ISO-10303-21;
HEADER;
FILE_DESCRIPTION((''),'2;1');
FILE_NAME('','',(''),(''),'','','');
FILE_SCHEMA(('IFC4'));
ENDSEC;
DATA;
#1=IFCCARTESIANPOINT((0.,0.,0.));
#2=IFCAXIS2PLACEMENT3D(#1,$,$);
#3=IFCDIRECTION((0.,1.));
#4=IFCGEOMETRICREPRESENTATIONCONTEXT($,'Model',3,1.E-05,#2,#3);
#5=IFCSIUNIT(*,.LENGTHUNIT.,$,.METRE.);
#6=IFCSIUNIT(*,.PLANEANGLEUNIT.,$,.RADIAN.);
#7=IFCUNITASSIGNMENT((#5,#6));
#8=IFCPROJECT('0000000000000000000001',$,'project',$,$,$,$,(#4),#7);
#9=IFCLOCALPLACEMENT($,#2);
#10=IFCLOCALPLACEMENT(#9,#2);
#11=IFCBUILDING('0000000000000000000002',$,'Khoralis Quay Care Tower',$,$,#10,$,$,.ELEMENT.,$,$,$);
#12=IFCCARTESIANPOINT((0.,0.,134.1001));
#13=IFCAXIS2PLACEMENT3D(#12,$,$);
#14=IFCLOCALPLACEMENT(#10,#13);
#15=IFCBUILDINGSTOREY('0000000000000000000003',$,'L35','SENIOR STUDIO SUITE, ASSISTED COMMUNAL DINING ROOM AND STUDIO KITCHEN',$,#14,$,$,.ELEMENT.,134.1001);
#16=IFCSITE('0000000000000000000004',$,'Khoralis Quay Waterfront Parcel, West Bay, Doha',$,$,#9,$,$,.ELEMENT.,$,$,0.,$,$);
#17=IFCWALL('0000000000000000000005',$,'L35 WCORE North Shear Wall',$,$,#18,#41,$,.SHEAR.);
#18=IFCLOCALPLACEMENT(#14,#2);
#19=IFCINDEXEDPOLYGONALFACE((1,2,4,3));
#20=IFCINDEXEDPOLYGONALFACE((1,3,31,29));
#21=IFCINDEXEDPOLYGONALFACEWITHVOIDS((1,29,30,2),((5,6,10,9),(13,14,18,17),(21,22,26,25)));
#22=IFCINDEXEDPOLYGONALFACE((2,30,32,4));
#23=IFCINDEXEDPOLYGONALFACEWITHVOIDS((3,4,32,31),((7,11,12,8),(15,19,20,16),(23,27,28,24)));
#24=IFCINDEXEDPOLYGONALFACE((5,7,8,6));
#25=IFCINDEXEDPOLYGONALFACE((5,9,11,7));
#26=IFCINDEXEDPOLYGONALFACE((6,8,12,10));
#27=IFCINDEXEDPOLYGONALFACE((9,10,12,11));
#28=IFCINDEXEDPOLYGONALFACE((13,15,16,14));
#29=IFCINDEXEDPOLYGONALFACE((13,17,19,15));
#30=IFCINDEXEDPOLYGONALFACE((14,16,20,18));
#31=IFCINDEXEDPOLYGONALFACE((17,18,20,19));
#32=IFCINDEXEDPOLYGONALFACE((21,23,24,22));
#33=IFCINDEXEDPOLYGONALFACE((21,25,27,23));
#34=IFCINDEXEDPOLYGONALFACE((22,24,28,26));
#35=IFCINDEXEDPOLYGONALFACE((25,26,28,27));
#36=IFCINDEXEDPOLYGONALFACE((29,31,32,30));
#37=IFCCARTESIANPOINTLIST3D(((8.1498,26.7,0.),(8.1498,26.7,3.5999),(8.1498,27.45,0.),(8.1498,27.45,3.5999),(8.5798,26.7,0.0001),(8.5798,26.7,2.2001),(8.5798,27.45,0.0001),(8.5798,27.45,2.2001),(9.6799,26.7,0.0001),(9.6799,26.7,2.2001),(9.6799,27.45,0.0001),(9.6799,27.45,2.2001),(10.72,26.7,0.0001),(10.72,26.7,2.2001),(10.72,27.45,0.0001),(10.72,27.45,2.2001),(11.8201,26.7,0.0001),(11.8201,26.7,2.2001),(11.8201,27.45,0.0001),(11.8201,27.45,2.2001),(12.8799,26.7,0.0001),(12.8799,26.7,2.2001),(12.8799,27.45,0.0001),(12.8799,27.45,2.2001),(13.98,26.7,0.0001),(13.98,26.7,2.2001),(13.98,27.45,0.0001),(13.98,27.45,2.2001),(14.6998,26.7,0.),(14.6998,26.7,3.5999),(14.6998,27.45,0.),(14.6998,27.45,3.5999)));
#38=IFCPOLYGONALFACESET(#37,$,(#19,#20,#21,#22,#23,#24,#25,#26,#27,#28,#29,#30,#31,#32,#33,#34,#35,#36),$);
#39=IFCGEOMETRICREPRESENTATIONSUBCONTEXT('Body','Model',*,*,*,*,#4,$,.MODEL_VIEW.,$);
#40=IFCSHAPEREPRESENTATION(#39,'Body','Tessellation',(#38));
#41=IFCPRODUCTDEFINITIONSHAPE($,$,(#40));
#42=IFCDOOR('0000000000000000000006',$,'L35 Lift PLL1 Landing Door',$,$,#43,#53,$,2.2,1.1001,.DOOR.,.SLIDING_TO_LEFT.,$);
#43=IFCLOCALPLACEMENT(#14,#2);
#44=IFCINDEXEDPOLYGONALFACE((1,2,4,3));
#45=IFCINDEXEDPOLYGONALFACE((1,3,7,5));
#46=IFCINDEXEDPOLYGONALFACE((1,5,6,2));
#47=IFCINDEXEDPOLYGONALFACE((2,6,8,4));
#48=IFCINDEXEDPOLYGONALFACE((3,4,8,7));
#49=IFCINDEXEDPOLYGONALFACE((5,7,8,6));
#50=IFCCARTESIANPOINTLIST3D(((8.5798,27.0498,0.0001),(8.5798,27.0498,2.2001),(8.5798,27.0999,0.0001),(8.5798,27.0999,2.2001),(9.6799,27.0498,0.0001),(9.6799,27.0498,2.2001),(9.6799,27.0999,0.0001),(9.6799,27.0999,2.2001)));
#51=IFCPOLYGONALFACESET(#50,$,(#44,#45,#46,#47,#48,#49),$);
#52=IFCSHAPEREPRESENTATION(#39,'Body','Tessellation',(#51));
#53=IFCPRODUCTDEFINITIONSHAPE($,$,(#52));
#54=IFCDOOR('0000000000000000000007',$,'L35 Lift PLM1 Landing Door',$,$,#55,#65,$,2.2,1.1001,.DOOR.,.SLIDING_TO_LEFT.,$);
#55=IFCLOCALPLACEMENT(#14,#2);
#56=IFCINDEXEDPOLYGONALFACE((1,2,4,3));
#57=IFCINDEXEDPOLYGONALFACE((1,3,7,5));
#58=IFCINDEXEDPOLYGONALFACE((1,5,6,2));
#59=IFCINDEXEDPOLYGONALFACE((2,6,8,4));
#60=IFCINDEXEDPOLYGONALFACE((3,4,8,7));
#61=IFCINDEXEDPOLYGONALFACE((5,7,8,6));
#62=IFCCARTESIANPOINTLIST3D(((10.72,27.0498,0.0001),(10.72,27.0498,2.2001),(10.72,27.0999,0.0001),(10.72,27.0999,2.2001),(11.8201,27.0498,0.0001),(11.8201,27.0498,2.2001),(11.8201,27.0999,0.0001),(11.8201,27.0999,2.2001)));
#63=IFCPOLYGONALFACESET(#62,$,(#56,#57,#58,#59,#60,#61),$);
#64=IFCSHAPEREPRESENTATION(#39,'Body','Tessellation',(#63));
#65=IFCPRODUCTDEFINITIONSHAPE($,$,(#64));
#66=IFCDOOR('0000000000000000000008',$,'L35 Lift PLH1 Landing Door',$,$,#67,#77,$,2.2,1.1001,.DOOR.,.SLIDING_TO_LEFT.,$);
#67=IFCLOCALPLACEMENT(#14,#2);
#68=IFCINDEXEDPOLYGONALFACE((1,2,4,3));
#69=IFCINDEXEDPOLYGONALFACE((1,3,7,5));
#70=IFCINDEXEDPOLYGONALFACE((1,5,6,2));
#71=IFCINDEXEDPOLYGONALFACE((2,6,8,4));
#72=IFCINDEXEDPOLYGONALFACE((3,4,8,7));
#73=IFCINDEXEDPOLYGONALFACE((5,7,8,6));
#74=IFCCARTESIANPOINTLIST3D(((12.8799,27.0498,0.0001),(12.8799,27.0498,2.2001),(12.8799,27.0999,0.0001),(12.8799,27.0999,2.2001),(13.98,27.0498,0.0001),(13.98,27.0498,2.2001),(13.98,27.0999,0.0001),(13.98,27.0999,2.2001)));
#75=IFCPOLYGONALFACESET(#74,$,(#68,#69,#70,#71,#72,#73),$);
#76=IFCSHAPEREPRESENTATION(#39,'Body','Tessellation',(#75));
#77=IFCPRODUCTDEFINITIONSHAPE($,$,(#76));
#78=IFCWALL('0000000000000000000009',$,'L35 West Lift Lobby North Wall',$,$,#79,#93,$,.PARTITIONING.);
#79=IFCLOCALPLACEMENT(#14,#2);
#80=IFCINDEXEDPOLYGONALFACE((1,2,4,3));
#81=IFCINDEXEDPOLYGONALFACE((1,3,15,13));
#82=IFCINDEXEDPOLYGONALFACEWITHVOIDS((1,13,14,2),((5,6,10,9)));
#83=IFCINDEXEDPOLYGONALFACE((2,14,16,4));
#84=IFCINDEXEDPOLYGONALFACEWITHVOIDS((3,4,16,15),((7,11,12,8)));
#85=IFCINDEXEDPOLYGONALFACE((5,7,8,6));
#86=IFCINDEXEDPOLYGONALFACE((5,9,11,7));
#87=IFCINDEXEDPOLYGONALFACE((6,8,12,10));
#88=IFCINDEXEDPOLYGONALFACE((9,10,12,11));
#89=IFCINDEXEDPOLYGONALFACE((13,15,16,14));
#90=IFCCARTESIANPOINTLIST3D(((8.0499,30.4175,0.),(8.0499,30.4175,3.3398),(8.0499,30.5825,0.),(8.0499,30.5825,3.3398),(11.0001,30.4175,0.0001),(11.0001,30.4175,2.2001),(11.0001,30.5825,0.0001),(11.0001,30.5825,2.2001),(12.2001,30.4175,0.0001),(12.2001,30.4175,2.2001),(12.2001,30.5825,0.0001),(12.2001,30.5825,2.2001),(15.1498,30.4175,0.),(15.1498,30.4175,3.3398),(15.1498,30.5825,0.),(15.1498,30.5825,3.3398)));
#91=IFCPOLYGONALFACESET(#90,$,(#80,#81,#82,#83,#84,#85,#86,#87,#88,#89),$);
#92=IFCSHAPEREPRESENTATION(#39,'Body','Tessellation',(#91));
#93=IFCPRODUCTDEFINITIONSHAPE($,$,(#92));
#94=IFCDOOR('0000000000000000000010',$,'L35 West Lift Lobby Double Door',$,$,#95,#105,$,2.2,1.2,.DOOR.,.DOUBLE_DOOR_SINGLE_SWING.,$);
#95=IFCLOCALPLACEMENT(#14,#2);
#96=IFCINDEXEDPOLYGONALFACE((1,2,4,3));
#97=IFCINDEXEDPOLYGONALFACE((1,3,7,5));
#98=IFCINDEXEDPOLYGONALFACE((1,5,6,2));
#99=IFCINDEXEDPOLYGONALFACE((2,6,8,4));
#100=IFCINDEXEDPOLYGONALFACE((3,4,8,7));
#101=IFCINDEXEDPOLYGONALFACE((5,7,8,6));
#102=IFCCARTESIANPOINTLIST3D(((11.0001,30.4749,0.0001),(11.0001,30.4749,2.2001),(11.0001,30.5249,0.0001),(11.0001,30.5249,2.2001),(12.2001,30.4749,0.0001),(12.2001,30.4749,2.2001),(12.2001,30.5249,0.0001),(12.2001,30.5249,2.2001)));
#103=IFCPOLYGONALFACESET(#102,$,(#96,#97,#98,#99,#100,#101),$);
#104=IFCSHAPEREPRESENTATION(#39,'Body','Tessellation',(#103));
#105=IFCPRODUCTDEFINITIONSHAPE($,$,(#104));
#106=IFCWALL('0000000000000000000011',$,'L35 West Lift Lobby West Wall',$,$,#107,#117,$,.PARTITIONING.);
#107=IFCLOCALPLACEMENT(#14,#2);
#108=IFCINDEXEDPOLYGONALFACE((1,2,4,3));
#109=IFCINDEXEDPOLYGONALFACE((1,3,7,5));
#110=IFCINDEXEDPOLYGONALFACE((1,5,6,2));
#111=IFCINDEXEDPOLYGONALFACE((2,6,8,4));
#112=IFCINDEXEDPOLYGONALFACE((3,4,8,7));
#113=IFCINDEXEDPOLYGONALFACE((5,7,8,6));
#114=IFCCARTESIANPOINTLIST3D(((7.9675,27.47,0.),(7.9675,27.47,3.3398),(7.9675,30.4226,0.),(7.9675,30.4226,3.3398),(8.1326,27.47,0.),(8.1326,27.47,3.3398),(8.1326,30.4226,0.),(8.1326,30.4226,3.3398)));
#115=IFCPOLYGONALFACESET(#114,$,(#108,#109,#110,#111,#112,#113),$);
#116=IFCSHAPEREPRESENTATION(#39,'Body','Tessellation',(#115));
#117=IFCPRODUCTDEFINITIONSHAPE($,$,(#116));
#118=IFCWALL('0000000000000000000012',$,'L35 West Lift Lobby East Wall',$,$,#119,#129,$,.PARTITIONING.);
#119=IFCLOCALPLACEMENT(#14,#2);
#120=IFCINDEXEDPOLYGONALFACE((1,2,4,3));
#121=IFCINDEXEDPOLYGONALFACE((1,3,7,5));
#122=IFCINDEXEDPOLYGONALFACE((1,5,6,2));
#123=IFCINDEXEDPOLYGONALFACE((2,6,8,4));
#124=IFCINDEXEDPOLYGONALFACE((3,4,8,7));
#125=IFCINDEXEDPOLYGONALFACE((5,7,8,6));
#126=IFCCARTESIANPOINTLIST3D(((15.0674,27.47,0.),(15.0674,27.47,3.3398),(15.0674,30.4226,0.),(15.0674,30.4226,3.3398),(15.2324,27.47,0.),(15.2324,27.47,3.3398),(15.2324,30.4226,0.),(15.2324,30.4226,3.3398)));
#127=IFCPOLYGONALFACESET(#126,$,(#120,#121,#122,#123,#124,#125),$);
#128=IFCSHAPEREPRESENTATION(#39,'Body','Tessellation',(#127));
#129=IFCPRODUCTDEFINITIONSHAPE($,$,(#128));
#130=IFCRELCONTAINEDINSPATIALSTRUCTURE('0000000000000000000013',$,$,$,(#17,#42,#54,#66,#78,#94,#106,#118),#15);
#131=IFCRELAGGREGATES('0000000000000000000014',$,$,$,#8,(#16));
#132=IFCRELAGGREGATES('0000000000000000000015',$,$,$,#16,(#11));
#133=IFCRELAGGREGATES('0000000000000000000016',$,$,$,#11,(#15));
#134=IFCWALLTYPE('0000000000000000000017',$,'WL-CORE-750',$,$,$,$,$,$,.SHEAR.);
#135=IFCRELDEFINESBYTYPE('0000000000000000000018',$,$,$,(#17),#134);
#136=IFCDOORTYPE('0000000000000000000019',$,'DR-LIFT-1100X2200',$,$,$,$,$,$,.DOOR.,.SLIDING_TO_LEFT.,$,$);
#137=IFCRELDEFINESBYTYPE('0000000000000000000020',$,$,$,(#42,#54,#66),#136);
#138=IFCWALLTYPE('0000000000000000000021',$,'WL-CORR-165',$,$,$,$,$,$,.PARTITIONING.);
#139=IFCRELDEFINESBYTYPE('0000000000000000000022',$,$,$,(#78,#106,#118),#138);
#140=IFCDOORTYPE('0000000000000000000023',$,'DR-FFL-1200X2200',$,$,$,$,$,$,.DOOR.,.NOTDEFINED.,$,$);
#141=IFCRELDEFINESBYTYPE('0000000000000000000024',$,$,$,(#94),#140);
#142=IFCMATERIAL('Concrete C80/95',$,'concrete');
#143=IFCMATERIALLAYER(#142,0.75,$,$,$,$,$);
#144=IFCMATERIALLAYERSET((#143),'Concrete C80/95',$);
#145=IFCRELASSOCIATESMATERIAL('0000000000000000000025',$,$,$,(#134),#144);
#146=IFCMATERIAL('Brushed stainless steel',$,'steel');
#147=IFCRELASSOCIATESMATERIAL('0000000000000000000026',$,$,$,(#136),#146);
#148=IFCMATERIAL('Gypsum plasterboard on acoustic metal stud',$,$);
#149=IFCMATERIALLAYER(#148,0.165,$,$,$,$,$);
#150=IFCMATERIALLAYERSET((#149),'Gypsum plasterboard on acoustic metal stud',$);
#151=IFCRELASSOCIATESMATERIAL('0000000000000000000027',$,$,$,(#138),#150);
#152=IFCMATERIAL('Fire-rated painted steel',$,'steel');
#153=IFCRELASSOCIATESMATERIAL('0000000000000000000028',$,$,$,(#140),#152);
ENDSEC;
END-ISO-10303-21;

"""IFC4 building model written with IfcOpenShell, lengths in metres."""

from ifc_helpers import new_model, si_unit, direction, frame, frame_2d, origin, place, context, subcontext, project, spatial, rectangle, extrude, source, transform, mapped, material, layer, layer_set, type_object, element, fill, save


model = new_model("IFC4")

# Units and contexts
model_context = context("Model", 3, precision=1e-05, world=origin(), true_north=direction((0.0, 1.0)))
body_context = subcontext(model_context, "Body", "Model", "MODEL_VIEW")
ifc_project = project(units=[si_unit("LENGTHUNIT", "METRE"), si_unit("PLANEANGLEUNIT", "RADIAN")], contexts=[model_context])

# Site, building, storey
site_placement = place(None, origin())
site = spatial("IfcSite", under=ifc_project, at=site_placement, Name="Khoralis Quay Waterfront Parcel, West Bay, Doha", CompositionType="ELEMENT", RefElevation=0.0)
building_placement = place(site_placement, origin())
building = spatial("IfcBuilding", under=site, at=building_placement, Name="Khoralis Quay Care Tower", CompositionType="ELEMENT")
storey_placement = place(building_placement, frame((0.0, 0.0, 134.1001)))
storey = spatial("IfcBuildingStorey", under=building, at=storey_placement, Name="L35", Description="SENIOR STUDIO SUITE, ASSISTED COMMUNAL DINING ROOM AND STUDIO KITCHEN", CompositionType="ELEMENT", Elevation=134.1001)

# Wall, openings, doors
ifc_material_1 = material(Name="Concrete C80/95", Category="concrete")
ifc_layer_1 = layer(ifc_material_1, 0.75)
ifc_layer_set_1 = layer_set([ifc_layer_1], Name="Concrete C80/95")
wall_type_1 = type_object("IfcWallType", Name="WL-CORE-750", PredefinedType="SHEAR", material=ifc_layer_set_1)
wall_1_placement = place(storey_placement, frame((8.1499, 27.075, 0.0), z_axis=(0.0, 0.0, 1.0), x_axis=(1.0, 0.0, 0.0)))
wall_1 = element("IfcWall", 1, at=wall_1_placement, inside=storey, type_object=wall_type_1, Name="L35 WCORE North Shear Wall", PredefinedType="SHEAR", context=body_context, shape_type="SweptSolid", body=[
    extrude(rectangle(XDim=6.55, YDim=0.75, at=frame_2d((3.2749, 0.0))), origin(), (0.0, 0.0, 1.0), 3.5999),
])
opening_1_placement = place(wall_1_placement, frame((0.4299, 0.0, 0.0)))
opening_1 = element("IfcOpeningElement", 2, at=opening_1_placement, cuts=wall_1, PredefinedType="OPENING", context=body_context, shape_type="SweptSolid", body=[
    extrude(rectangle(XDim=1.1001, YDim=2.2, at=frame_2d((0.55, 1.1001))), frame((0.0, 0.385, 0.0), z_axis=(0.0, -1.0, 0.0), x_axis=(1.0, 0.0, 0.0)), (0.0, 0.0, 1.0), 0.77),
])
opening_2_placement = place(wall_1_placement, frame((2.5701, 0.0, 0.0)))
opening_2 = element("IfcOpeningElement", 3, at=opening_2_placement, cuts=wall_1, PredefinedType="OPENING", context=body_context, shape_type="SweptSolid", body=[
    extrude(rectangle(XDim=1.1001, YDim=2.2, at=frame_2d((0.55, 1.1001))), frame((0.0, 0.385, 0.0), z_axis=(0.0, -1.0, 0.0), x_axis=(1.0, 0.0, 0.0)), (0.0, 0.0, 1.0), 0.77),
])
opening_3_placement = place(wall_1_placement, frame((4.73, 0.0, 0.0)))
opening_3 = element("IfcOpeningElement", 4, at=opening_3_placement, cuts=wall_1, PredefinedType="OPENING", context=body_context, shape_type="SweptSolid", body=[
    extrude(rectangle(XDim=1.1001, YDim=2.2, at=frame_2d((0.55, 1.1001))), frame((0.0, 0.385, 0.0), z_axis=(0.0, -1.0, 0.0), x_axis=(1.0, 0.0, 0.0)), (0.0, 0.0, 1.0), 0.77),
])
ifc_material_2 = material(Name="Brushed stainless steel", Category="steel")
door_type_1 = type_object("IfcDoorType", Name="DR-LIFT-1100X2200", OperationType="SLIDING_TO_LEFT", PredefinedType="DOOR", material=ifc_material_2)
shared_shape_1 = source(origin(), body_context, "Body", "SweptSolid", [
    extrude(rectangle(XDim=1.1001, YDim=2.2, at=frame_2d((0.55, 1.1001))), frame((0.0, 0.0249, 0.0), z_axis=(0.0, -1.0, 0.0), x_axis=(1.0, 0.0, 0.0)), (0.0, 0.0, 1.0), 0.05),
])
door_1_placement = place(opening_1_placement, origin())
door_1 = element("IfcDoor", 5, at=door_1_placement, inside=storey, type_object=door_type_1, Name="L35 Lift PLL1 Landing Door", OperationType="SLIDING_TO_LEFT", OverallHeight=2.2, OverallWidth=1.1001, PredefinedType="DOOR", context=body_context, shape_type="MappedRepresentation", body=[
    mapped(shared_shape_1, transform((0.0, 0.0, 0.0), scale=1.0)),
])
fill(opening_1, door_1)
door_2_placement = place(opening_2_placement, origin())
door_2 = element("IfcDoor", 6, at=door_2_placement, inside=storey, type_object=door_type_1, Name="L35 Lift PLM1 Landing Door", OperationType="SLIDING_TO_LEFT", OverallHeight=2.2, OverallWidth=1.1001, PredefinedType="DOOR", context=body_context, shape_type="MappedRepresentation", body=[
    mapped(shared_shape_1, transform((0.0, 0.0, 0.0), scale=1.0)),
])
fill(opening_2, door_2)
door_3_placement = place(opening_3_placement, origin())
door_3 = element("IfcDoor", 7, at=door_3_placement, inside=storey, type_object=door_type_1, Name="L35 Lift PLH1 Landing Door", OperationType="SLIDING_TO_LEFT", OverallHeight=2.2, OverallWidth=1.1001, PredefinedType="DOOR", context=body_context, shape_type="MappedRepresentation", body=[
    mapped(shared_shape_1, transform((0.0, 0.0, 0.0), scale=1.0)),
])
fill(opening_3, door_3)

# Wall, opening, door
ifc_material_3 = material(Name="Gypsum plasterboard on acoustic metal stud")
ifc_layer_2 = layer(ifc_material_3, 0.165)
ifc_layer_set_2 = layer_set([ifc_layer_2], Name="Gypsum plasterboard on acoustic metal stud")
wall_type_2 = type_object("IfcWallType", Name="WL-CORR-165", PredefinedType="PARTITIONING", material=ifc_layer_set_2)
wall_2_placement = place(storey_placement, frame((8.05, 30.5, 0.0), z_axis=(0.0, 0.0, 1.0), x_axis=(1.0, 0.0, 0.0)))
wall_2 = element("IfcWall", 8, at=wall_2_placement, inside=storey, type_object=wall_type_2, Name="L35 West Lift Lobby North Wall", PredefinedType="PARTITIONING", context=body_context, shape_type="SweptSolid", body=[
    extrude(rectangle(XDim=7.0999, YDim=0.165, at=frame_2d((3.5498, 0.0))), origin(), (0.0, 0.0, 1.0), 3.3398),
])
opening_4_placement = place(wall_2_placement, frame((2.95, 0.0, 0.0)))
opening_4 = element("IfcOpeningElement", 9, at=opening_4_placement, cuts=wall_2, PredefinedType="OPENING", context=body_context, shape_type="SweptSolid", body=[
    extrude(rectangle(XDim=1.2, YDim=2.2, at=frame_2d((0.6001, 1.1001))), frame((0.0, 0.0925, 0.0), z_axis=(0.0, -1.0, 0.0), x_axis=(1.0, 0.0, 0.0)), (0.0, 0.0, 1.0), 0.1851),
])
ifc_material_4 = material(Name="Fire-rated painted steel", Category="steel")
door_type_2 = type_object("IfcDoorType", Name="DR-FFL-1200X2200", OperationType="NOTDEFINED", PredefinedType="DOOR", material=ifc_material_4)
shared_shape_2 = source(origin(), body_context, "Body", "SweptSolid", [
    extrude(rectangle(XDim=1.2, YDim=2.2, at=frame_2d((0.6001, 1.1001))), frame((0.0, 0.0249, 0.0), z_axis=(0.0, -1.0, 0.0), x_axis=(1.0, 0.0, 0.0)), (0.0, 0.0, 1.0), 0.05),
])
door_4_placement = place(opening_4_placement, origin())
door_4 = element("IfcDoor", 10, at=door_4_placement, inside=storey, type_object=door_type_2, Name="L35 West Lift Lobby Double Door", OperationType="DOUBLE_DOOR_SINGLE_SWING", OverallHeight=2.2, OverallWidth=1.2, PredefinedType="DOOR", context=body_context, shape_type="MappedRepresentation", body=[
    mapped(shared_shape_2, transform((0.0, 0.0, 0.0), scale=1.0)),
])
fill(opening_4, door_4)

# Walls
for number, where, z_axis, x_axis, name in (
    (11, (8.05, 27.47, 0.0), (0.0, 0.0, 1.0), (0.0, 1.0, 0.0), "L35 West Lift Lobby West Wall"),
    (12, (15.1499, 27.47, 0.0), (0.0, 0.0, 1.0), (0.0, 1.0, 0.0), "L35 West Lift Lobby East Wall"),
):
    element("IfcWall", number, at=place(storey_placement, frame(where, z_axis=z_axis, x_axis=x_axis)), inside=storey, type_object=wall_type_2, Name=name, PredefinedType="PARTITIONING", context=body_context, shape_type="SweptSolid", body=[
        extrude(rectangle(XDim=2.9526, YDim=0.165, at=frame_2d((1.4763, 0.0))), origin(), (0.0, 0.0, 1.0), 3.3398),
    ])

save(model, "model.ifc")
